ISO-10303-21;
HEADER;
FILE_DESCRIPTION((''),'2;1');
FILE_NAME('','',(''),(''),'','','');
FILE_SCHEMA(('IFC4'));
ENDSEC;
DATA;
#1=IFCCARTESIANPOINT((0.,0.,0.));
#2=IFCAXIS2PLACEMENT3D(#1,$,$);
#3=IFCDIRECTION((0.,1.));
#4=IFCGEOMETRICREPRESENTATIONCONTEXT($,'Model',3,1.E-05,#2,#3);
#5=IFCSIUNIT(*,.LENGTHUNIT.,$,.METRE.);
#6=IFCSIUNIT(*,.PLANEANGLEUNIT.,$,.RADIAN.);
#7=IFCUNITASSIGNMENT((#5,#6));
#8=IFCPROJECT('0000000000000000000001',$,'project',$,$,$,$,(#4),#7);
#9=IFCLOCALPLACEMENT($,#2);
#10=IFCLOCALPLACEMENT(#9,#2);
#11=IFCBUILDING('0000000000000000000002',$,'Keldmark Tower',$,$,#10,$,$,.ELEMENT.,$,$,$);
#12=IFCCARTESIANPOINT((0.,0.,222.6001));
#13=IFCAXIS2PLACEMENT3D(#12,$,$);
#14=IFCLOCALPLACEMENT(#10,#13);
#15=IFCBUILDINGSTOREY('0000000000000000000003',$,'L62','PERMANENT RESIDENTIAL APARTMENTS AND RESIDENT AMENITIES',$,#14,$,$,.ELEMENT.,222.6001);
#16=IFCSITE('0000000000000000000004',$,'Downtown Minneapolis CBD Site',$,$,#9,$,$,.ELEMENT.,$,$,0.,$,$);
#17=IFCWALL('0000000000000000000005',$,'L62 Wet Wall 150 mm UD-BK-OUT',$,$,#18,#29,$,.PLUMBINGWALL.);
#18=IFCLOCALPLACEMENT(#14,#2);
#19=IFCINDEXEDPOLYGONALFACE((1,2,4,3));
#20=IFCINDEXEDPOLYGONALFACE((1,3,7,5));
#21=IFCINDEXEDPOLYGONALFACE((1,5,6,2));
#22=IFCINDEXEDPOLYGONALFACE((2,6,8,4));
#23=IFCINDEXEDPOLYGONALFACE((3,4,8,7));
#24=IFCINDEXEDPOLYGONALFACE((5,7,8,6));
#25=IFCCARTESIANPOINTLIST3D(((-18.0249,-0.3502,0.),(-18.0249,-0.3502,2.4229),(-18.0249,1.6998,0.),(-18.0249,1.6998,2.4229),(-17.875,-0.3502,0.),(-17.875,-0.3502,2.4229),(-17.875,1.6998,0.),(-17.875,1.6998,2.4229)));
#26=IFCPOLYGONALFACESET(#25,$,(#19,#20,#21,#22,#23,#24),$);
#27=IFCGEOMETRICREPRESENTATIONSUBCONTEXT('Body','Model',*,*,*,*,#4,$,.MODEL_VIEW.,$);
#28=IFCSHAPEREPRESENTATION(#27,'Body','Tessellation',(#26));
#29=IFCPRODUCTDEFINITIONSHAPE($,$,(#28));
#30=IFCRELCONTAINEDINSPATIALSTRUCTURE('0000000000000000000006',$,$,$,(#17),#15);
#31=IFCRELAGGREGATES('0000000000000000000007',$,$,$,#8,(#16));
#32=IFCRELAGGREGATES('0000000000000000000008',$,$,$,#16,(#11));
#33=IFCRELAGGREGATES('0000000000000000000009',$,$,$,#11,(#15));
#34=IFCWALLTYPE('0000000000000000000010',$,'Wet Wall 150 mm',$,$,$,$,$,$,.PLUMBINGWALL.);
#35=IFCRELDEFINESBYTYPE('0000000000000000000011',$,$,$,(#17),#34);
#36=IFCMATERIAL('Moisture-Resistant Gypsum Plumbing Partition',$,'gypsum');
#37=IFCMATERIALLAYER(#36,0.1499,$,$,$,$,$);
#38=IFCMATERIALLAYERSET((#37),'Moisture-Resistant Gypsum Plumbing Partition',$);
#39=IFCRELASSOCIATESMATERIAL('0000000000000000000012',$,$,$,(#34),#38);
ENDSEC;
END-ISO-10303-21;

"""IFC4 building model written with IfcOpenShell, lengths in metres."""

from ifc_helpers import new_model, si_unit, direction, frame, frame_2d, origin, place, context, subcontext, project, spatial, rectangle, extrude, material, layer, layer_set, type_object, element, save


model = new_model("IFC4")

# Units and contexts
model_context = context("Model", 3, precision=1e-05, world=origin(), true_north=direction((0.0, 1.0)))
body_context = subcontext(model_context, "Body", "Model", "MODEL_VIEW")
ifc_project = project(units=[si_unit("LENGTHUNIT", "METRE"), si_unit("PLANEANGLEUNIT", "RADIAN")], contexts=[model_context])

# Site, building, storey
site_placement = place(None, origin())
site = spatial("IfcSite", under=ifc_project, at=site_placement, Name="Downtown Minneapolis CBD Site", CompositionType="ELEMENT", RefElevation=0.0)
building_placement = place(site_placement, origin())
building = spatial("IfcBuilding", under=site, at=building_placement, Name="Keldmark Tower", CompositionType="ELEMENT")
storey_placement = place(building_placement, frame((0.0, 0.0, 222.6001)))
storey = spatial("IfcBuildingStorey", under=building, at=storey_placement, Name="L62", Description="PERMANENT RESIDENTIAL APARTMENTS AND RESIDENT AMENITIES", CompositionType="ELEMENT", Elevation=222.6001)

# Wall
ifc_material_1 = material(Name="Moisture-Resistant Gypsum Plumbing Partition", Category="gypsum")
ifc_layer_1 = layer(ifc_material_1, 0.1499)
ifc_layer_set_1 = layer_set([ifc_layer_1], Name="Moisture-Resistant Gypsum Plumbing Partition")
wall_type_1 = type_object("IfcWallType", Name="Wet Wall 150 mm", PredefinedType="PLUMBINGWALL", material=ifc_layer_set_1)
wall_1_placement = place(storey_placement, frame((-17.95, -0.3501, 0.0), z_axis=(0.0, 0.0, 1.0), x_axis=(0.0, 1.0, 0.0)))
element("IfcWall", 1, at=wall_1_placement, inside=storey, type_object=wall_type_1, Name="L62 Wet Wall 150 mm UD-BK-OUT", PredefinedType="PLUMBINGWALL", context=body_context, shape_type="SweptSolid", body=[
    extrude(rectangle(XDim=2.05, YDim=0.1499, at=frame_2d((1.0249, 0.0))), origin(), (0.0, 0.0, 1.0), 2.4229),
])

save(model, "model.ifc")
